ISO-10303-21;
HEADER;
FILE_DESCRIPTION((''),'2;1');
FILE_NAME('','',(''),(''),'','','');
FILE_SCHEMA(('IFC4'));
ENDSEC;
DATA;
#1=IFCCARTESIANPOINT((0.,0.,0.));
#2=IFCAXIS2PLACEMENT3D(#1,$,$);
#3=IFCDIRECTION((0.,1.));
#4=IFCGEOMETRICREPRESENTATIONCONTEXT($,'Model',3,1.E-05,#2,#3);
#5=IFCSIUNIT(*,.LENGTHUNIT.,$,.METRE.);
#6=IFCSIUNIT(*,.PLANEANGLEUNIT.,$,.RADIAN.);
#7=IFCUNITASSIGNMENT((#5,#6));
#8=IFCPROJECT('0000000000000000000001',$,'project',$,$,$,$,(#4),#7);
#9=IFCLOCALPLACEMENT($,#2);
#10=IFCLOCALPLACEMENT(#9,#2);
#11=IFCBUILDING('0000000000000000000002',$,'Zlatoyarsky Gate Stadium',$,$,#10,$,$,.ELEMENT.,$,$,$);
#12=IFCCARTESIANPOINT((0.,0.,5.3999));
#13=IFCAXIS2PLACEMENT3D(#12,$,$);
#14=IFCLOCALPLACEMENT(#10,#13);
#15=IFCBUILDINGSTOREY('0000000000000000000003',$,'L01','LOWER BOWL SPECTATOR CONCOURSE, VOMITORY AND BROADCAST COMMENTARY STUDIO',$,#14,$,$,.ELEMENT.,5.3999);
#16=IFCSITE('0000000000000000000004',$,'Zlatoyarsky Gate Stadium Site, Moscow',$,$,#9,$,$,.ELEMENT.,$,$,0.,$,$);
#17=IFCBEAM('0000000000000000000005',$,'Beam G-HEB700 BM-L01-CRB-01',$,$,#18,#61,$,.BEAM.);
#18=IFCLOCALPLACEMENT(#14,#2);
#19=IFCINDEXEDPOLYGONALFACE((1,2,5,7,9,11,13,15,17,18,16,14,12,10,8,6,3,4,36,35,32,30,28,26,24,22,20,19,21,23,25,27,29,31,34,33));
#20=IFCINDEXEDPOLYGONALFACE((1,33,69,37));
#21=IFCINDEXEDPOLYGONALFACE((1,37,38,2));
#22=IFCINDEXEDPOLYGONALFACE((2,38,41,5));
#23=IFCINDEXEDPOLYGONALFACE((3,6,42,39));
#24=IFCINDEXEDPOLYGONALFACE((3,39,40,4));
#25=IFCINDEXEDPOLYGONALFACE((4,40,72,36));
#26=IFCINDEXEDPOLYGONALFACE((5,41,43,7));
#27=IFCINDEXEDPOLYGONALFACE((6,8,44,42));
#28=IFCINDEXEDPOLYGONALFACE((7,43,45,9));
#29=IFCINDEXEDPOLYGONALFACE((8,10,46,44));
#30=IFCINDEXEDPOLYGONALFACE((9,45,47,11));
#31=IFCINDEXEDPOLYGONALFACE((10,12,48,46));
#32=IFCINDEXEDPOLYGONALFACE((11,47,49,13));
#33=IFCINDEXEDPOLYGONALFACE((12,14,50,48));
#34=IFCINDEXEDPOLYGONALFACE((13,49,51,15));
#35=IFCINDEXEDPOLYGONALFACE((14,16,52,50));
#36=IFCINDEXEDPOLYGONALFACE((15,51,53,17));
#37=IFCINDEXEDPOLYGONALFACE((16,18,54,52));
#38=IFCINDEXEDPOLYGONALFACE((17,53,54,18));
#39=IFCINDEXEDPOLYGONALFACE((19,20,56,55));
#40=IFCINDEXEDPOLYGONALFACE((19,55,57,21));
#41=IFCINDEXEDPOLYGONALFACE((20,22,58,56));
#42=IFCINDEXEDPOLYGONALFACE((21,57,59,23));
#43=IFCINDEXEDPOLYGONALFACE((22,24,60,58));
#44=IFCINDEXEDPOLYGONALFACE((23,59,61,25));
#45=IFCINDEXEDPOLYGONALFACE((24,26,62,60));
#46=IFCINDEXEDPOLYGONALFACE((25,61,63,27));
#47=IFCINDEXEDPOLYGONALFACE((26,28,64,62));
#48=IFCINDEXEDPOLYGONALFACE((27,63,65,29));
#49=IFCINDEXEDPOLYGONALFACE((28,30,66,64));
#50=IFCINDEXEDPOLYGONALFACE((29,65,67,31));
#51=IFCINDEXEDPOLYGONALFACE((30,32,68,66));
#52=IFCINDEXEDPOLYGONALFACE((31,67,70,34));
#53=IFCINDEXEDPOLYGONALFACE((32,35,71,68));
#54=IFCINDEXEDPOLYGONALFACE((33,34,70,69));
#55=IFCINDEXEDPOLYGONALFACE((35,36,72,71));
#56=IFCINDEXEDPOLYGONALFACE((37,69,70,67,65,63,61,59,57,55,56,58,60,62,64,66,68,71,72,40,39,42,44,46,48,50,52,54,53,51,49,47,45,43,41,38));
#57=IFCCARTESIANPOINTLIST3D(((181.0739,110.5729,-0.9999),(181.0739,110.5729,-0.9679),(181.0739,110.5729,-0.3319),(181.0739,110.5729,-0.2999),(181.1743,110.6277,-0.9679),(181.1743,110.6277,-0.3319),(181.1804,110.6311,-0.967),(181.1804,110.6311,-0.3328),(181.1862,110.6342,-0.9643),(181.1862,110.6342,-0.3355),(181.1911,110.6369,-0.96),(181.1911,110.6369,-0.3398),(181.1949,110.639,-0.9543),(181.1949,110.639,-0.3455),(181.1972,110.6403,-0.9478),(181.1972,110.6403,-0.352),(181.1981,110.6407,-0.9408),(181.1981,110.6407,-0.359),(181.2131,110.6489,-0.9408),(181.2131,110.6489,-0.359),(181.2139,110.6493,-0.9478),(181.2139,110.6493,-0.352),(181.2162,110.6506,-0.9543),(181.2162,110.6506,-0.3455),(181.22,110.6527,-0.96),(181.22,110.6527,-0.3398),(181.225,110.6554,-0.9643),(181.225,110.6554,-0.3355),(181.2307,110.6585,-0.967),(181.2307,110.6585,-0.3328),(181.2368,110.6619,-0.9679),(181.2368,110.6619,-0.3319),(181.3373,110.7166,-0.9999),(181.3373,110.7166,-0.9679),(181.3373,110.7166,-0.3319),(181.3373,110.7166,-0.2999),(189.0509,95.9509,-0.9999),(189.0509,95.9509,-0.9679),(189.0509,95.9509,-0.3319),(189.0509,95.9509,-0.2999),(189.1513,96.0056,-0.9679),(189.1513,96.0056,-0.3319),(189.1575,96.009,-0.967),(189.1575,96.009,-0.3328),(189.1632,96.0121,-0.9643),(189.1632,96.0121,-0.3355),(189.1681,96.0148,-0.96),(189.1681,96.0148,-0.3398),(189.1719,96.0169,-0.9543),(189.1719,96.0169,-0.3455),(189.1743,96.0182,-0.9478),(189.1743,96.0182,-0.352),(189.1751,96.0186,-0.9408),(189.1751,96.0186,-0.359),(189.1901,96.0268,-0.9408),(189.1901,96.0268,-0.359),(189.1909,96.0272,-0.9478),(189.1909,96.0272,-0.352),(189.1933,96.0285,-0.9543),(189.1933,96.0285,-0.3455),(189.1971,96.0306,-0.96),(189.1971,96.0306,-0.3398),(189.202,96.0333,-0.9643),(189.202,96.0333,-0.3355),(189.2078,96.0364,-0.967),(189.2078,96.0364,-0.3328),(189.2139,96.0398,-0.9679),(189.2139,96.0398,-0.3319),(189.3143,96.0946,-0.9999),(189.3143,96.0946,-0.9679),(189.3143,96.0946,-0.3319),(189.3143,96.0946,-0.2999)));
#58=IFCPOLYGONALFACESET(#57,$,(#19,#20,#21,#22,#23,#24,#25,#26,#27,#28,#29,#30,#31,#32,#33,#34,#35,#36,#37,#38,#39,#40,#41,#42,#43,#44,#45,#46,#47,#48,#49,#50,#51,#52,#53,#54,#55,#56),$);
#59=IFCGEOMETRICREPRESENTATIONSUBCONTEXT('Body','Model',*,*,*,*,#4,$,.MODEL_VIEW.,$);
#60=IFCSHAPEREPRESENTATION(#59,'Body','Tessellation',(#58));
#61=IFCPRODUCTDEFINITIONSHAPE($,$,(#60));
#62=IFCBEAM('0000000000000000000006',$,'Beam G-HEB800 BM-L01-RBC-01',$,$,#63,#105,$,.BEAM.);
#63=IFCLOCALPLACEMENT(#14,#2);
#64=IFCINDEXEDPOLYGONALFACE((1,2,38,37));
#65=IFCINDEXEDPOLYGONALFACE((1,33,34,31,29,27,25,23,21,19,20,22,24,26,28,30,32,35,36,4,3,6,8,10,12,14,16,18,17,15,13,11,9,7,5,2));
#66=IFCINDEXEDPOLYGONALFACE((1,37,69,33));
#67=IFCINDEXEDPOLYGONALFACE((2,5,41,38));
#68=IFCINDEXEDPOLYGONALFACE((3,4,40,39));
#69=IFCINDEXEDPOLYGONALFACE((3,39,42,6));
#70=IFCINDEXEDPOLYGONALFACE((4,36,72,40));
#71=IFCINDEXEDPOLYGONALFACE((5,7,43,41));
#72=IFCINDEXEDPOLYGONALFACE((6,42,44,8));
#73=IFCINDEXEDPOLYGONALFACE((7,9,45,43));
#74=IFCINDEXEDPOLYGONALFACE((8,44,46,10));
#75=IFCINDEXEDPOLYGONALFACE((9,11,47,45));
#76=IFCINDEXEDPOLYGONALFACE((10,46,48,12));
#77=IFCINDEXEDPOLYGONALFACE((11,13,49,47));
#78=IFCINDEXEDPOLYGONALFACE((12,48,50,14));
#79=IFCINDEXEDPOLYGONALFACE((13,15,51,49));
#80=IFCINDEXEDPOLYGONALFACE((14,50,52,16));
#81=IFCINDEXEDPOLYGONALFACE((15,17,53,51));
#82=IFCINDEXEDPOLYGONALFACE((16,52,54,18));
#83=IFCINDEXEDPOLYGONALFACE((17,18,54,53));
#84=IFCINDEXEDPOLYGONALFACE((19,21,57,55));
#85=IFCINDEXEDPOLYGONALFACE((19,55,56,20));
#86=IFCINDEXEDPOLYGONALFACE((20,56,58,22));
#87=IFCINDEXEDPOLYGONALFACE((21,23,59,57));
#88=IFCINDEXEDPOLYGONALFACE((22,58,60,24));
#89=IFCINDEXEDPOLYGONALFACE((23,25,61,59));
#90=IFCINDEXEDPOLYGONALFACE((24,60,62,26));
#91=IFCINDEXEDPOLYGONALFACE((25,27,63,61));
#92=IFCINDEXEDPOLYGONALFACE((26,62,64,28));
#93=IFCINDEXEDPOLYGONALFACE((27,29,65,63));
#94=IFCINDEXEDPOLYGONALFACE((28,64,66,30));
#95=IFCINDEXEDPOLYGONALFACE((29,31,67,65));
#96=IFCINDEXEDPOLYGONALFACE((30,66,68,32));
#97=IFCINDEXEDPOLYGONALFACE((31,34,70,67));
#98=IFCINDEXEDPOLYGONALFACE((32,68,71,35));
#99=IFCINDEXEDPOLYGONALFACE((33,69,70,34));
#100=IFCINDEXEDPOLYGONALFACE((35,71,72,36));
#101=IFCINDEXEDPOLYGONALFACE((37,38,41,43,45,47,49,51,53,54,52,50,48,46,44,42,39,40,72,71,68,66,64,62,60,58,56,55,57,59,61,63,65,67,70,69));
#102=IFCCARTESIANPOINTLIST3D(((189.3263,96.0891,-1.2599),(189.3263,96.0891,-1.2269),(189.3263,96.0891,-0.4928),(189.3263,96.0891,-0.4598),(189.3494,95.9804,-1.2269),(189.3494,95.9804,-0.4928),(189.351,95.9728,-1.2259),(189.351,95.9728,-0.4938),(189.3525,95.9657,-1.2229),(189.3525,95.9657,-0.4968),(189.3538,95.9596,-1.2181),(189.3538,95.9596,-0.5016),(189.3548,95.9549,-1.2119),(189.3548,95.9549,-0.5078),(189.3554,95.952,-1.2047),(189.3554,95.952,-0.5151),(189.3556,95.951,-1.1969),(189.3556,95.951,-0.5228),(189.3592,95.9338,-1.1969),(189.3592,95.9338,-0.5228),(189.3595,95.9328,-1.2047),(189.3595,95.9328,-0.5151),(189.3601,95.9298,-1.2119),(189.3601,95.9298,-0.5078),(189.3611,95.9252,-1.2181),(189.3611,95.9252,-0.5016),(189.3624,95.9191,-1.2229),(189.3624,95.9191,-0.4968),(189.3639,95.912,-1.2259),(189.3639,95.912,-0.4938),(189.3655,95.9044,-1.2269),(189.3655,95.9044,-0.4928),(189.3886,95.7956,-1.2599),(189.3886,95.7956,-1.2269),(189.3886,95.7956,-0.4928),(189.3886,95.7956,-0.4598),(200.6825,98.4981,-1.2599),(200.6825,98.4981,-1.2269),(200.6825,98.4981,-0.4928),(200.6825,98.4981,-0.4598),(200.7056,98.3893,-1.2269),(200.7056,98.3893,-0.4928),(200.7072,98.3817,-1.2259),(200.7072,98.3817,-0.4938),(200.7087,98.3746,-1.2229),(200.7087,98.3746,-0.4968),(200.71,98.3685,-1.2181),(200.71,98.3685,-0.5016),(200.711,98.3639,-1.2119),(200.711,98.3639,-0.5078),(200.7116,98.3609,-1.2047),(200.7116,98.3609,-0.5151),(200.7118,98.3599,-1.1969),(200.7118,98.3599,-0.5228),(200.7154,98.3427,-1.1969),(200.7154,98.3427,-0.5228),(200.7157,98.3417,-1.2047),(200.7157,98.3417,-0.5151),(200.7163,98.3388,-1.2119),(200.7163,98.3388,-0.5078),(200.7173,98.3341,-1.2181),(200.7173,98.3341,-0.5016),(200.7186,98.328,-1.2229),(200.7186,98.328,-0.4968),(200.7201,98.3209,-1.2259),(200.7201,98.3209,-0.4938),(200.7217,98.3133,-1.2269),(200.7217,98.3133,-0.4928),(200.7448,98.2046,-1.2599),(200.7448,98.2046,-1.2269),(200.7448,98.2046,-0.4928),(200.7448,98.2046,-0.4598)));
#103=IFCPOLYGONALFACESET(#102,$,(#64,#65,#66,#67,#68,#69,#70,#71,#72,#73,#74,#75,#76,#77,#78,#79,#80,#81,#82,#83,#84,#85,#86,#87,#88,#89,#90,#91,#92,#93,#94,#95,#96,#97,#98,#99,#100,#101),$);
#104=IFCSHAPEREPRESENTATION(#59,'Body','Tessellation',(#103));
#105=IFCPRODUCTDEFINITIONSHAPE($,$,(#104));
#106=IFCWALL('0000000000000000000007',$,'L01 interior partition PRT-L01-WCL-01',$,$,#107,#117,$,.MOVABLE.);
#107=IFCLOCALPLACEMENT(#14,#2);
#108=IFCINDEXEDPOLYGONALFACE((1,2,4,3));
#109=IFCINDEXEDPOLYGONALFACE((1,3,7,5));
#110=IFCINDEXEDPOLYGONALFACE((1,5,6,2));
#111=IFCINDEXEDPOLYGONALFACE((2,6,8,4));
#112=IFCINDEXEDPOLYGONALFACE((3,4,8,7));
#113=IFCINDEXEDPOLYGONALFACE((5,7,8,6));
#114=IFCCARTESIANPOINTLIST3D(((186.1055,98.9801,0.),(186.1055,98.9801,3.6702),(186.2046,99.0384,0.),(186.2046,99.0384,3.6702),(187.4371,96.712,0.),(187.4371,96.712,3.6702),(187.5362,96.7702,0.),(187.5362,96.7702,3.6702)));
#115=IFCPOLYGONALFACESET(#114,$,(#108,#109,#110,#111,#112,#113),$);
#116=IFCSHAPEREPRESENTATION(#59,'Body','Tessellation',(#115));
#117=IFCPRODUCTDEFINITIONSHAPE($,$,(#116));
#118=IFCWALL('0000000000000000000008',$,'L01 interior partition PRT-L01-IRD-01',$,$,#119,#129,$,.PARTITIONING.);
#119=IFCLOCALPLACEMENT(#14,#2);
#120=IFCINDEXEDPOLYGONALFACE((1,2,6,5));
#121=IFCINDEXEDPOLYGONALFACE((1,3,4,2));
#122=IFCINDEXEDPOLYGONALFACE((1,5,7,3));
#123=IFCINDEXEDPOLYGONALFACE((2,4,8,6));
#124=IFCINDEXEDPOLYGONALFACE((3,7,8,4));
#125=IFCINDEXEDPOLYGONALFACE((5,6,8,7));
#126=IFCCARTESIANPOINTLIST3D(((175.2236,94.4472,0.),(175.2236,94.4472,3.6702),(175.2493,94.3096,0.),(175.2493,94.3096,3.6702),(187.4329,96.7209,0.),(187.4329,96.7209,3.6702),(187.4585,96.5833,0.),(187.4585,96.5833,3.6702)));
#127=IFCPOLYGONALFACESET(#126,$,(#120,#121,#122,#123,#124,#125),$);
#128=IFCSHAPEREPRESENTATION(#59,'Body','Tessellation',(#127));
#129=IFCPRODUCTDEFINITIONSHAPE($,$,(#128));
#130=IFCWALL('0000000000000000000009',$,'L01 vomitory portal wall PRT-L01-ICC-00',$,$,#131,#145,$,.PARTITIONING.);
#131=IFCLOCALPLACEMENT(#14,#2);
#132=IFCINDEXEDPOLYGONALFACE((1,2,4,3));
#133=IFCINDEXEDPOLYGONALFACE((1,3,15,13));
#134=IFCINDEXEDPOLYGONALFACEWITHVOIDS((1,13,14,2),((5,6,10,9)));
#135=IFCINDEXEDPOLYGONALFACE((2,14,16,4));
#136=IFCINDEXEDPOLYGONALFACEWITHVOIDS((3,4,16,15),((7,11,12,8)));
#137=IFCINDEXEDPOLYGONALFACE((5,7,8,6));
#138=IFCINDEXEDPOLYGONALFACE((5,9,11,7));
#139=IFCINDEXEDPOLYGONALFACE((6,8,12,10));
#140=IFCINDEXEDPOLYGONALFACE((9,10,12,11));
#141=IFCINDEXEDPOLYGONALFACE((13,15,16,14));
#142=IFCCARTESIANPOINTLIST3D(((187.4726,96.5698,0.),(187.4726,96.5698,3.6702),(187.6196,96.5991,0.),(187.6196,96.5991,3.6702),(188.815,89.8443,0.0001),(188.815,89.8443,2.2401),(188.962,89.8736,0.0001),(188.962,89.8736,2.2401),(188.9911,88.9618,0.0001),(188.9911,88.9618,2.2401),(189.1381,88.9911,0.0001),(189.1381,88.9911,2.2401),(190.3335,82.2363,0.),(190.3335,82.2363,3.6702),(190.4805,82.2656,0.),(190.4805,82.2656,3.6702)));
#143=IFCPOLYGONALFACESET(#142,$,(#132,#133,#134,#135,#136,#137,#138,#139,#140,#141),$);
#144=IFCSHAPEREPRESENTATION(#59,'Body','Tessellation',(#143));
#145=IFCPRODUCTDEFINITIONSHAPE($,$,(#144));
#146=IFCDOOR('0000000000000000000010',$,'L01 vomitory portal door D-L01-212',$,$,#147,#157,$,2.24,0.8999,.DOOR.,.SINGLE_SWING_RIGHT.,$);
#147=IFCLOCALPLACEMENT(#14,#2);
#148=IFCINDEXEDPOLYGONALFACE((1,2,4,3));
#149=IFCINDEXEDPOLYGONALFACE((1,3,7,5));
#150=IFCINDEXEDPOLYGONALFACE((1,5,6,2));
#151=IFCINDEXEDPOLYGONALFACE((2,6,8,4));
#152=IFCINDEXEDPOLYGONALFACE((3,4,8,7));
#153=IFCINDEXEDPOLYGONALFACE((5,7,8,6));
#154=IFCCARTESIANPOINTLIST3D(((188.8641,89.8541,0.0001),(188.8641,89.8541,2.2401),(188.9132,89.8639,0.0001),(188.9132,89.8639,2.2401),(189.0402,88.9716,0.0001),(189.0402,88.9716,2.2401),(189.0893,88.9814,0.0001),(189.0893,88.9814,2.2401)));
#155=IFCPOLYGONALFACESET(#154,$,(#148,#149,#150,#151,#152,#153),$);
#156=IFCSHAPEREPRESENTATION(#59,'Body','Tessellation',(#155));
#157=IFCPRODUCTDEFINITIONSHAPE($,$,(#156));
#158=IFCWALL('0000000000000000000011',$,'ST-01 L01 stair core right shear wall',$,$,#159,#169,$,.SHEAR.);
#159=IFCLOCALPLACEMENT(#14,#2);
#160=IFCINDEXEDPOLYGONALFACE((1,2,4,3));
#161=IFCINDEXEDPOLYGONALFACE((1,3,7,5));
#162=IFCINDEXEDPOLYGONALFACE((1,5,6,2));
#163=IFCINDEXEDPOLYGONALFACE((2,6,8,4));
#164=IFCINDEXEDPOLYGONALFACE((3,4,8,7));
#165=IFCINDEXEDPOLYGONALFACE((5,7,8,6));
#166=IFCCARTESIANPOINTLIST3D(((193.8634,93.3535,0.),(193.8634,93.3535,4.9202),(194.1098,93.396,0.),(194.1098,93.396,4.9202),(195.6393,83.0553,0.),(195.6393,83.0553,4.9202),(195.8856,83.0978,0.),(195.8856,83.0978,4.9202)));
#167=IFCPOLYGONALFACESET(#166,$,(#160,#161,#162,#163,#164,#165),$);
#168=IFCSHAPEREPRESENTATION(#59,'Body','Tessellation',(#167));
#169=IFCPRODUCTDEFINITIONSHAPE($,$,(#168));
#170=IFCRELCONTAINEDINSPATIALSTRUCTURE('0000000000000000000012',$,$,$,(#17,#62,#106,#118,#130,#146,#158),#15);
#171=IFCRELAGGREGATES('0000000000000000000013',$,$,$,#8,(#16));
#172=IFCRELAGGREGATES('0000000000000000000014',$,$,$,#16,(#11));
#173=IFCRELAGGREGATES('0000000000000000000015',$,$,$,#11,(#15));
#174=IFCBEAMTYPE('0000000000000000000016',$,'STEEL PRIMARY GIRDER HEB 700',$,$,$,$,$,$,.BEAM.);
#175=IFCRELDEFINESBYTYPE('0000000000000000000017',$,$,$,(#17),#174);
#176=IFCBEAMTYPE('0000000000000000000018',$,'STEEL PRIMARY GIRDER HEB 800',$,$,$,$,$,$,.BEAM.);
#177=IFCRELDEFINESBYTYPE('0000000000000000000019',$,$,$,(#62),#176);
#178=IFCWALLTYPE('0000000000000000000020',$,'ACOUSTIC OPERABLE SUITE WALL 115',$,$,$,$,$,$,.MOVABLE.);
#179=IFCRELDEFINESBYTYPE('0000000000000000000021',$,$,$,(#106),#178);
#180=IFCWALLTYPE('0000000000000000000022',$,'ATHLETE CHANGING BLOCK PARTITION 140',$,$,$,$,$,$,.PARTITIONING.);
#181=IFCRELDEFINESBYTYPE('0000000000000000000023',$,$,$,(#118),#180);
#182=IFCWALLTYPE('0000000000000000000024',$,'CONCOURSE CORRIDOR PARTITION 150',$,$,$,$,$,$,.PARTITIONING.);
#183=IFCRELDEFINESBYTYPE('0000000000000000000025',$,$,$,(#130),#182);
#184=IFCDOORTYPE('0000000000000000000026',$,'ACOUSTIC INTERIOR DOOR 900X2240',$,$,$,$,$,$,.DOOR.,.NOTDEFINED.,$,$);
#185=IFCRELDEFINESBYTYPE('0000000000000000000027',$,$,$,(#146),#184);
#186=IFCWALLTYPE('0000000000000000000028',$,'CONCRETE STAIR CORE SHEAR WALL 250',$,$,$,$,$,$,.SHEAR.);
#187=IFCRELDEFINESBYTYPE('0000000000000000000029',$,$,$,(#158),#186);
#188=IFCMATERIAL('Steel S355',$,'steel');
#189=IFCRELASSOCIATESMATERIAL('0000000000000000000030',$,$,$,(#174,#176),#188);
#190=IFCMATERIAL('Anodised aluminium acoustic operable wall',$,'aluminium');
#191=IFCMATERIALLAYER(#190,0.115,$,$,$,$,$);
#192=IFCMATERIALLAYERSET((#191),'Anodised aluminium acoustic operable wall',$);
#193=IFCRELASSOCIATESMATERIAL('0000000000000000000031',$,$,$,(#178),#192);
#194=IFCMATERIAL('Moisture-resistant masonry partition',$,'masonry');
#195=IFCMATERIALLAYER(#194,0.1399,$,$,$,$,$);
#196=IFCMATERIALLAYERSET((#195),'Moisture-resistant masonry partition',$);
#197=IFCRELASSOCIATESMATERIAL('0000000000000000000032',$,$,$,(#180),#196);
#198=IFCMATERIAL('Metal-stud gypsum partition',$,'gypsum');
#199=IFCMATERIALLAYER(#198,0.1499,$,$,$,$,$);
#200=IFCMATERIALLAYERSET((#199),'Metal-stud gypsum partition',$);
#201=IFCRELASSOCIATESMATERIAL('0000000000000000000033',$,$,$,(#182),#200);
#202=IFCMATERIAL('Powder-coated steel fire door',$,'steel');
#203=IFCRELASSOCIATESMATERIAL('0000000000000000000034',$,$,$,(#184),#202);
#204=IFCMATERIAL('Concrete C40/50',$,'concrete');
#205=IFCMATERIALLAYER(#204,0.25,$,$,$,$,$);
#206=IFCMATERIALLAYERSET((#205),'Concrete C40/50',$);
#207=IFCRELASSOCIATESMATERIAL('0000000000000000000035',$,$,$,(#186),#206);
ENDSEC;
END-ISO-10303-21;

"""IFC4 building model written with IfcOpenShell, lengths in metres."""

from ifc_helpers import new_model, si_unit, direction, frame, frame_2d, origin, origin_2d, place, context, subcontext, project, spatial, rectangle, i_section, extrude, material, layer, layer_set, material_profile, profile_set, type_object, element, fill, save


model = new_model("IFC4")

# Units and contexts
model_context = context("Model", 3, precision=1e-05, world=origin(), true_north=direction((0.0, 1.0)))
body_context = subcontext(model_context, "Body", "Model", "MODEL_VIEW")
ifc_project = project(units=[si_unit("LENGTHUNIT", "METRE"), si_unit("PLANEANGLEUNIT", "RADIAN")], contexts=[model_context])

# Site, building, storey
site_placement = place(None, origin())
site = spatial("IfcSite", under=ifc_project, at=site_placement, Name="Zlatoyarsky Gate Stadium Site, Moscow", CompositionType="ELEMENT", RefElevation=0.0)
building_placement = place(site_placement, origin())
building = spatial("IfcBuilding", under=site, at=building_placement, Name="Zlatoyarsky Gate Stadium", CompositionType="ELEMENT")
storey_placement = place(building_placement, frame((0.0, 0.0, 5.3999)))
storey = spatial("IfcBuildingStorey", under=building, at=storey_placement, Name="L01", Description="LOWER BOWL SPECTATOR CONCOURSE, VOMITORY AND BROADCAST COMMENTARY STUDIO", CompositionType="ELEMENT", Elevation=5.3999)

# Shared definitions
ifc_material_1 = material(Name="Concrete C40/50", Category="concrete")

# Beams
ifc_material_2 = material(Name="Steel S355", Category="steel")
ifc_material_profile_1 = material_profile(ifc_material_2, i_section(OverallWidth=0.3, OverallDepth=0.7, WebThickness=0.0171, FlangeThickness=0.032, FilletRadius=0.0271, at=origin_2d()), Name="HEB 700")
ifc_profile_set_1 = profile_set([ifc_material_profile_1], Name="Steel S355")
beam_type_1 = type_object("IfcBeamType", Name="STEEL PRIMARY GIRDER HEB 700", PredefinedType="BEAM", material=ifc_profile_set_1)
beam_1_placement = place(storey_placement, frame((189.1826, 96.0227, -0.6499), z_axis=(-0.478916, 0.877861, 0.0), x_axis=(-0.877861, -0.478916, 0.0)))
element("IfcBeam", 1, at=beam_1_placement, inside=storey, type_object=beam_type_1, Name="Beam G-HEB700 BM-L01-CRB-01", PredefinedType="BEAM", context=body_context, shape_type="SweptSolid", body=[
    extrude(i_section(OverallWidth=0.3, OverallDepth=0.7, WebThickness=0.0171, FlangeThickness=0.032, FilletRadius=0.0271, at=origin_2d()), origin(), (0.0, 0.0, 1.0), 16.6565),
])
ifc_material_profile_2 = material_profile(ifc_material_2, i_section(OverallWidth=0.3, OverallDepth=0.8, WebThickness=0.0176, FlangeThickness=0.033, FilletRadius=0.03, at=origin_2d()), Name="HEB 800")
ifc_profile_set_2 = profile_set([ifc_material_profile_2], Name="Steel S355")
beam_type_2 = type_object("IfcBeamType", Name="STEEL PRIMARY GIRDER HEB 800", PredefinedType="BEAM", material=ifc_profile_set_2)
beam_2_placement = place(storey_placement, frame((189.3574, 95.9424, -0.8599), z_axis=(0.978233, 0.207508, 0.0), x_axis=(-0.207508, 0.978233, 0.0)))
element("IfcBeam", 2, at=beam_2_placement, inside=storey, type_object=beam_type_2, Name="Beam G-HEB800 BM-L01-RBC-01", PredefinedType="BEAM", context=body_context, shape_type="SweptSolid", body=[
    extrude(i_section(OverallWidth=0.3, OverallDepth=0.8, WebThickness=0.0176, FlangeThickness=0.033, FilletRadius=0.03, at=origin_2d()), origin(), (0.0, 0.0, 1.0), 11.6089),
])

# Walls
ifc_material_3 = material(Name="Anodised aluminium acoustic operable wall", Category="aluminium")
ifc_layer_1 = layer(ifc_material_3, 0.115)
ifc_layer_set_1 = layer_set([ifc_layer_1], Name="Anodised aluminium acoustic operable wall")
wall_type_1 = type_object("IfcWallType", Name="ACOUSTIC OPERABLE SUITE WALL 115", PredefinedType="MOVABLE", material=ifc_layer_set_1)
wall_1_placement = place(storey_placement, frame((187.4866, 96.7412, 0.0), z_axis=(0.0, 0.0, 1.0), x_axis=(-0.506282, 0.862368, 0.0)))
element("IfcWall", 3, at=wall_1_placement, inside=storey, type_object=wall_type_1, Name="L01 interior partition PRT-L01-WCL-01", PredefinedType="MOVABLE", context=body_context, shape_type="SweptSolid", body=[
    extrude(rectangle(XDim=2.6301, YDim=0.115, at=frame_2d((1.3149, 0.0))), origin(), (0.0, 0.0, 1.0), 3.6702),
])
ifc_material_4 = material(Name="Moisture-resistant masonry partition", Category="masonry")
ifc_layer_2 = layer(ifc_material_4, 0.1399)
ifc_layer_set_2 = layer_set([ifc_layer_2], Name="Moisture-resistant masonry partition")
wall_type_2 = type_object("IfcWallType", Name="ATHLETE CHANGING BLOCK PARTITION 140", PredefinedType="PARTITIONING", material=ifc_layer_set_2)
wall_2_placement = place(storey_placement, frame((175.2366, 94.3784, 0.0), z_axis=(0.0, 0.0, 1.0), x_axis=(0.983098, 0.183079, 0.0)))
element("IfcWall", 4, at=wall_2_placement, inside=storey, type_object=wall_type_2, Name="L01 interior partition PRT-L01-IRD-01", PredefinedType="PARTITIONING", context=body_context, shape_type="SweptSolid", body=[
    extrude(rectangle(XDim=12.4192, YDim=0.1399, at=frame_2d((6.2095, 0.0))), origin(), (0.0, 0.0, 1.0), 3.6702),
])

# Wall, opening, door
ifc_material_5 = material(Name="Metal-stud gypsum partition", Category="gypsum")
ifc_layer_3 = layer(ifc_material_5, 0.1499)
ifc_layer_set_3 = layer_set([ifc_layer_3], Name="Metal-stud gypsum partition")
wall_type_3 = type_object("IfcWallType", Name="CONCOURSE CORRIDOR PARTITION 150", PredefinedType="PARTITIONING", material=ifc_layer_set_3)
wall_3_placement = place(storey_placement, frame((190.407, 82.251, 0.0), z_axis=(0.0, 0.0, 1.0), x_axis=(-0.195731, 0.980658, 0.0)))
wall_3 = element("IfcWall", 5, at=wall_3_placement, inside=storey, type_object=wall_type_3, Name="L01 vomitory portal wall PRT-L01-ICC-00", PredefinedType="PARTITIONING", context=body_context, shape_type="SweptSolid", body=[
    extrude(rectangle(XDim=14.6162, YDim=0.1499, at=frame_2d((7.3081, 0.0))), origin(), (0.0, 0.0, 1.0), 3.6702),
])
opening_1_placement = place(wall_3_placement, frame((6.8582, 0.0, 0.0)))
opening_1 = element("IfcOpeningElement", 6, at=opening_1_placement, cuts=wall_3, PredefinedType="OPENING", context=body_context, shape_type="SweptSolid", body=[
    extrude(rectangle(XDim=0.8999, YDim=2.24, at=frame_2d((0.45, 1.1201))), frame((0.0, 0.085, 0.0), z_axis=(0.0, -1.0, 0.0), x_axis=(1.0, 0.0, 0.0)), (0.0, 0.0, 1.0), 0.1699),
])
ifc_material_6 = material(Name="Powder-coated steel fire door", Category="steel")
door_type_1 = type_object("IfcDoorType", Name="ACOUSTIC INTERIOR DOOR 900X2240", OperationType="NOTDEFINED", PredefinedType="DOOR", material=ifc_material_6)
door_1_placement = place(opening_1_placement, origin())
door_1 = element("IfcDoor", 7, at=door_1_placement, inside=storey, type_object=door_type_1, Name="L01 vomitory portal door D-L01-212", OperationType="SINGLE_SWING_RIGHT", OverallHeight=2.24, OverallWidth=0.8999, PredefinedType="DOOR", context=body_context, shape_type="SweptSolid", body=[
    extrude(rectangle(XDim=0.8999, YDim=2.24, at=frame_2d((0.45, 1.1201))), frame((0.0, 0.0249, 0.0), z_axis=(0.0, -1.0, 0.0), x_axis=(1.0, 0.0, 0.0)), (0.0, 0.0, 1.0), 0.05),
])
fill(opening_1, door_1)

# Wall
ifc_layer_4 = layer(ifc_material_1, 0.25)
ifc_layer_set_4 = layer_set([ifc_layer_4], Name="Concrete C40/50")
wall_type_4 = type_object("IfcWallType", Name="CONCRETE STAIR CORE SHEAR WALL 250", PredefinedType="SHEAR", material=ifc_layer_set_4)
wall_4_placement = place(storey_placement, frame((193.9866, 93.3748, 0.0), z_axis=(0.0, 0.0, 1.0), x_axis=(0.169939, -0.985455, 0.0)))
element("IfcWall", 8, at=wall_4_placement, inside=storey, type_object=wall_type_4, Name="ST-01 L01 stair core right shear wall", PredefinedType="SHEAR", context=body_context, shape_type="SweptSolid", body=[
    extrude(rectangle(XDim=10.4502, YDim=0.25, at=frame_2d((5.2251, 0.0))), origin(), (0.0, 0.0, 1.0), 4.9202),
])

save(model, "model.ifc")
